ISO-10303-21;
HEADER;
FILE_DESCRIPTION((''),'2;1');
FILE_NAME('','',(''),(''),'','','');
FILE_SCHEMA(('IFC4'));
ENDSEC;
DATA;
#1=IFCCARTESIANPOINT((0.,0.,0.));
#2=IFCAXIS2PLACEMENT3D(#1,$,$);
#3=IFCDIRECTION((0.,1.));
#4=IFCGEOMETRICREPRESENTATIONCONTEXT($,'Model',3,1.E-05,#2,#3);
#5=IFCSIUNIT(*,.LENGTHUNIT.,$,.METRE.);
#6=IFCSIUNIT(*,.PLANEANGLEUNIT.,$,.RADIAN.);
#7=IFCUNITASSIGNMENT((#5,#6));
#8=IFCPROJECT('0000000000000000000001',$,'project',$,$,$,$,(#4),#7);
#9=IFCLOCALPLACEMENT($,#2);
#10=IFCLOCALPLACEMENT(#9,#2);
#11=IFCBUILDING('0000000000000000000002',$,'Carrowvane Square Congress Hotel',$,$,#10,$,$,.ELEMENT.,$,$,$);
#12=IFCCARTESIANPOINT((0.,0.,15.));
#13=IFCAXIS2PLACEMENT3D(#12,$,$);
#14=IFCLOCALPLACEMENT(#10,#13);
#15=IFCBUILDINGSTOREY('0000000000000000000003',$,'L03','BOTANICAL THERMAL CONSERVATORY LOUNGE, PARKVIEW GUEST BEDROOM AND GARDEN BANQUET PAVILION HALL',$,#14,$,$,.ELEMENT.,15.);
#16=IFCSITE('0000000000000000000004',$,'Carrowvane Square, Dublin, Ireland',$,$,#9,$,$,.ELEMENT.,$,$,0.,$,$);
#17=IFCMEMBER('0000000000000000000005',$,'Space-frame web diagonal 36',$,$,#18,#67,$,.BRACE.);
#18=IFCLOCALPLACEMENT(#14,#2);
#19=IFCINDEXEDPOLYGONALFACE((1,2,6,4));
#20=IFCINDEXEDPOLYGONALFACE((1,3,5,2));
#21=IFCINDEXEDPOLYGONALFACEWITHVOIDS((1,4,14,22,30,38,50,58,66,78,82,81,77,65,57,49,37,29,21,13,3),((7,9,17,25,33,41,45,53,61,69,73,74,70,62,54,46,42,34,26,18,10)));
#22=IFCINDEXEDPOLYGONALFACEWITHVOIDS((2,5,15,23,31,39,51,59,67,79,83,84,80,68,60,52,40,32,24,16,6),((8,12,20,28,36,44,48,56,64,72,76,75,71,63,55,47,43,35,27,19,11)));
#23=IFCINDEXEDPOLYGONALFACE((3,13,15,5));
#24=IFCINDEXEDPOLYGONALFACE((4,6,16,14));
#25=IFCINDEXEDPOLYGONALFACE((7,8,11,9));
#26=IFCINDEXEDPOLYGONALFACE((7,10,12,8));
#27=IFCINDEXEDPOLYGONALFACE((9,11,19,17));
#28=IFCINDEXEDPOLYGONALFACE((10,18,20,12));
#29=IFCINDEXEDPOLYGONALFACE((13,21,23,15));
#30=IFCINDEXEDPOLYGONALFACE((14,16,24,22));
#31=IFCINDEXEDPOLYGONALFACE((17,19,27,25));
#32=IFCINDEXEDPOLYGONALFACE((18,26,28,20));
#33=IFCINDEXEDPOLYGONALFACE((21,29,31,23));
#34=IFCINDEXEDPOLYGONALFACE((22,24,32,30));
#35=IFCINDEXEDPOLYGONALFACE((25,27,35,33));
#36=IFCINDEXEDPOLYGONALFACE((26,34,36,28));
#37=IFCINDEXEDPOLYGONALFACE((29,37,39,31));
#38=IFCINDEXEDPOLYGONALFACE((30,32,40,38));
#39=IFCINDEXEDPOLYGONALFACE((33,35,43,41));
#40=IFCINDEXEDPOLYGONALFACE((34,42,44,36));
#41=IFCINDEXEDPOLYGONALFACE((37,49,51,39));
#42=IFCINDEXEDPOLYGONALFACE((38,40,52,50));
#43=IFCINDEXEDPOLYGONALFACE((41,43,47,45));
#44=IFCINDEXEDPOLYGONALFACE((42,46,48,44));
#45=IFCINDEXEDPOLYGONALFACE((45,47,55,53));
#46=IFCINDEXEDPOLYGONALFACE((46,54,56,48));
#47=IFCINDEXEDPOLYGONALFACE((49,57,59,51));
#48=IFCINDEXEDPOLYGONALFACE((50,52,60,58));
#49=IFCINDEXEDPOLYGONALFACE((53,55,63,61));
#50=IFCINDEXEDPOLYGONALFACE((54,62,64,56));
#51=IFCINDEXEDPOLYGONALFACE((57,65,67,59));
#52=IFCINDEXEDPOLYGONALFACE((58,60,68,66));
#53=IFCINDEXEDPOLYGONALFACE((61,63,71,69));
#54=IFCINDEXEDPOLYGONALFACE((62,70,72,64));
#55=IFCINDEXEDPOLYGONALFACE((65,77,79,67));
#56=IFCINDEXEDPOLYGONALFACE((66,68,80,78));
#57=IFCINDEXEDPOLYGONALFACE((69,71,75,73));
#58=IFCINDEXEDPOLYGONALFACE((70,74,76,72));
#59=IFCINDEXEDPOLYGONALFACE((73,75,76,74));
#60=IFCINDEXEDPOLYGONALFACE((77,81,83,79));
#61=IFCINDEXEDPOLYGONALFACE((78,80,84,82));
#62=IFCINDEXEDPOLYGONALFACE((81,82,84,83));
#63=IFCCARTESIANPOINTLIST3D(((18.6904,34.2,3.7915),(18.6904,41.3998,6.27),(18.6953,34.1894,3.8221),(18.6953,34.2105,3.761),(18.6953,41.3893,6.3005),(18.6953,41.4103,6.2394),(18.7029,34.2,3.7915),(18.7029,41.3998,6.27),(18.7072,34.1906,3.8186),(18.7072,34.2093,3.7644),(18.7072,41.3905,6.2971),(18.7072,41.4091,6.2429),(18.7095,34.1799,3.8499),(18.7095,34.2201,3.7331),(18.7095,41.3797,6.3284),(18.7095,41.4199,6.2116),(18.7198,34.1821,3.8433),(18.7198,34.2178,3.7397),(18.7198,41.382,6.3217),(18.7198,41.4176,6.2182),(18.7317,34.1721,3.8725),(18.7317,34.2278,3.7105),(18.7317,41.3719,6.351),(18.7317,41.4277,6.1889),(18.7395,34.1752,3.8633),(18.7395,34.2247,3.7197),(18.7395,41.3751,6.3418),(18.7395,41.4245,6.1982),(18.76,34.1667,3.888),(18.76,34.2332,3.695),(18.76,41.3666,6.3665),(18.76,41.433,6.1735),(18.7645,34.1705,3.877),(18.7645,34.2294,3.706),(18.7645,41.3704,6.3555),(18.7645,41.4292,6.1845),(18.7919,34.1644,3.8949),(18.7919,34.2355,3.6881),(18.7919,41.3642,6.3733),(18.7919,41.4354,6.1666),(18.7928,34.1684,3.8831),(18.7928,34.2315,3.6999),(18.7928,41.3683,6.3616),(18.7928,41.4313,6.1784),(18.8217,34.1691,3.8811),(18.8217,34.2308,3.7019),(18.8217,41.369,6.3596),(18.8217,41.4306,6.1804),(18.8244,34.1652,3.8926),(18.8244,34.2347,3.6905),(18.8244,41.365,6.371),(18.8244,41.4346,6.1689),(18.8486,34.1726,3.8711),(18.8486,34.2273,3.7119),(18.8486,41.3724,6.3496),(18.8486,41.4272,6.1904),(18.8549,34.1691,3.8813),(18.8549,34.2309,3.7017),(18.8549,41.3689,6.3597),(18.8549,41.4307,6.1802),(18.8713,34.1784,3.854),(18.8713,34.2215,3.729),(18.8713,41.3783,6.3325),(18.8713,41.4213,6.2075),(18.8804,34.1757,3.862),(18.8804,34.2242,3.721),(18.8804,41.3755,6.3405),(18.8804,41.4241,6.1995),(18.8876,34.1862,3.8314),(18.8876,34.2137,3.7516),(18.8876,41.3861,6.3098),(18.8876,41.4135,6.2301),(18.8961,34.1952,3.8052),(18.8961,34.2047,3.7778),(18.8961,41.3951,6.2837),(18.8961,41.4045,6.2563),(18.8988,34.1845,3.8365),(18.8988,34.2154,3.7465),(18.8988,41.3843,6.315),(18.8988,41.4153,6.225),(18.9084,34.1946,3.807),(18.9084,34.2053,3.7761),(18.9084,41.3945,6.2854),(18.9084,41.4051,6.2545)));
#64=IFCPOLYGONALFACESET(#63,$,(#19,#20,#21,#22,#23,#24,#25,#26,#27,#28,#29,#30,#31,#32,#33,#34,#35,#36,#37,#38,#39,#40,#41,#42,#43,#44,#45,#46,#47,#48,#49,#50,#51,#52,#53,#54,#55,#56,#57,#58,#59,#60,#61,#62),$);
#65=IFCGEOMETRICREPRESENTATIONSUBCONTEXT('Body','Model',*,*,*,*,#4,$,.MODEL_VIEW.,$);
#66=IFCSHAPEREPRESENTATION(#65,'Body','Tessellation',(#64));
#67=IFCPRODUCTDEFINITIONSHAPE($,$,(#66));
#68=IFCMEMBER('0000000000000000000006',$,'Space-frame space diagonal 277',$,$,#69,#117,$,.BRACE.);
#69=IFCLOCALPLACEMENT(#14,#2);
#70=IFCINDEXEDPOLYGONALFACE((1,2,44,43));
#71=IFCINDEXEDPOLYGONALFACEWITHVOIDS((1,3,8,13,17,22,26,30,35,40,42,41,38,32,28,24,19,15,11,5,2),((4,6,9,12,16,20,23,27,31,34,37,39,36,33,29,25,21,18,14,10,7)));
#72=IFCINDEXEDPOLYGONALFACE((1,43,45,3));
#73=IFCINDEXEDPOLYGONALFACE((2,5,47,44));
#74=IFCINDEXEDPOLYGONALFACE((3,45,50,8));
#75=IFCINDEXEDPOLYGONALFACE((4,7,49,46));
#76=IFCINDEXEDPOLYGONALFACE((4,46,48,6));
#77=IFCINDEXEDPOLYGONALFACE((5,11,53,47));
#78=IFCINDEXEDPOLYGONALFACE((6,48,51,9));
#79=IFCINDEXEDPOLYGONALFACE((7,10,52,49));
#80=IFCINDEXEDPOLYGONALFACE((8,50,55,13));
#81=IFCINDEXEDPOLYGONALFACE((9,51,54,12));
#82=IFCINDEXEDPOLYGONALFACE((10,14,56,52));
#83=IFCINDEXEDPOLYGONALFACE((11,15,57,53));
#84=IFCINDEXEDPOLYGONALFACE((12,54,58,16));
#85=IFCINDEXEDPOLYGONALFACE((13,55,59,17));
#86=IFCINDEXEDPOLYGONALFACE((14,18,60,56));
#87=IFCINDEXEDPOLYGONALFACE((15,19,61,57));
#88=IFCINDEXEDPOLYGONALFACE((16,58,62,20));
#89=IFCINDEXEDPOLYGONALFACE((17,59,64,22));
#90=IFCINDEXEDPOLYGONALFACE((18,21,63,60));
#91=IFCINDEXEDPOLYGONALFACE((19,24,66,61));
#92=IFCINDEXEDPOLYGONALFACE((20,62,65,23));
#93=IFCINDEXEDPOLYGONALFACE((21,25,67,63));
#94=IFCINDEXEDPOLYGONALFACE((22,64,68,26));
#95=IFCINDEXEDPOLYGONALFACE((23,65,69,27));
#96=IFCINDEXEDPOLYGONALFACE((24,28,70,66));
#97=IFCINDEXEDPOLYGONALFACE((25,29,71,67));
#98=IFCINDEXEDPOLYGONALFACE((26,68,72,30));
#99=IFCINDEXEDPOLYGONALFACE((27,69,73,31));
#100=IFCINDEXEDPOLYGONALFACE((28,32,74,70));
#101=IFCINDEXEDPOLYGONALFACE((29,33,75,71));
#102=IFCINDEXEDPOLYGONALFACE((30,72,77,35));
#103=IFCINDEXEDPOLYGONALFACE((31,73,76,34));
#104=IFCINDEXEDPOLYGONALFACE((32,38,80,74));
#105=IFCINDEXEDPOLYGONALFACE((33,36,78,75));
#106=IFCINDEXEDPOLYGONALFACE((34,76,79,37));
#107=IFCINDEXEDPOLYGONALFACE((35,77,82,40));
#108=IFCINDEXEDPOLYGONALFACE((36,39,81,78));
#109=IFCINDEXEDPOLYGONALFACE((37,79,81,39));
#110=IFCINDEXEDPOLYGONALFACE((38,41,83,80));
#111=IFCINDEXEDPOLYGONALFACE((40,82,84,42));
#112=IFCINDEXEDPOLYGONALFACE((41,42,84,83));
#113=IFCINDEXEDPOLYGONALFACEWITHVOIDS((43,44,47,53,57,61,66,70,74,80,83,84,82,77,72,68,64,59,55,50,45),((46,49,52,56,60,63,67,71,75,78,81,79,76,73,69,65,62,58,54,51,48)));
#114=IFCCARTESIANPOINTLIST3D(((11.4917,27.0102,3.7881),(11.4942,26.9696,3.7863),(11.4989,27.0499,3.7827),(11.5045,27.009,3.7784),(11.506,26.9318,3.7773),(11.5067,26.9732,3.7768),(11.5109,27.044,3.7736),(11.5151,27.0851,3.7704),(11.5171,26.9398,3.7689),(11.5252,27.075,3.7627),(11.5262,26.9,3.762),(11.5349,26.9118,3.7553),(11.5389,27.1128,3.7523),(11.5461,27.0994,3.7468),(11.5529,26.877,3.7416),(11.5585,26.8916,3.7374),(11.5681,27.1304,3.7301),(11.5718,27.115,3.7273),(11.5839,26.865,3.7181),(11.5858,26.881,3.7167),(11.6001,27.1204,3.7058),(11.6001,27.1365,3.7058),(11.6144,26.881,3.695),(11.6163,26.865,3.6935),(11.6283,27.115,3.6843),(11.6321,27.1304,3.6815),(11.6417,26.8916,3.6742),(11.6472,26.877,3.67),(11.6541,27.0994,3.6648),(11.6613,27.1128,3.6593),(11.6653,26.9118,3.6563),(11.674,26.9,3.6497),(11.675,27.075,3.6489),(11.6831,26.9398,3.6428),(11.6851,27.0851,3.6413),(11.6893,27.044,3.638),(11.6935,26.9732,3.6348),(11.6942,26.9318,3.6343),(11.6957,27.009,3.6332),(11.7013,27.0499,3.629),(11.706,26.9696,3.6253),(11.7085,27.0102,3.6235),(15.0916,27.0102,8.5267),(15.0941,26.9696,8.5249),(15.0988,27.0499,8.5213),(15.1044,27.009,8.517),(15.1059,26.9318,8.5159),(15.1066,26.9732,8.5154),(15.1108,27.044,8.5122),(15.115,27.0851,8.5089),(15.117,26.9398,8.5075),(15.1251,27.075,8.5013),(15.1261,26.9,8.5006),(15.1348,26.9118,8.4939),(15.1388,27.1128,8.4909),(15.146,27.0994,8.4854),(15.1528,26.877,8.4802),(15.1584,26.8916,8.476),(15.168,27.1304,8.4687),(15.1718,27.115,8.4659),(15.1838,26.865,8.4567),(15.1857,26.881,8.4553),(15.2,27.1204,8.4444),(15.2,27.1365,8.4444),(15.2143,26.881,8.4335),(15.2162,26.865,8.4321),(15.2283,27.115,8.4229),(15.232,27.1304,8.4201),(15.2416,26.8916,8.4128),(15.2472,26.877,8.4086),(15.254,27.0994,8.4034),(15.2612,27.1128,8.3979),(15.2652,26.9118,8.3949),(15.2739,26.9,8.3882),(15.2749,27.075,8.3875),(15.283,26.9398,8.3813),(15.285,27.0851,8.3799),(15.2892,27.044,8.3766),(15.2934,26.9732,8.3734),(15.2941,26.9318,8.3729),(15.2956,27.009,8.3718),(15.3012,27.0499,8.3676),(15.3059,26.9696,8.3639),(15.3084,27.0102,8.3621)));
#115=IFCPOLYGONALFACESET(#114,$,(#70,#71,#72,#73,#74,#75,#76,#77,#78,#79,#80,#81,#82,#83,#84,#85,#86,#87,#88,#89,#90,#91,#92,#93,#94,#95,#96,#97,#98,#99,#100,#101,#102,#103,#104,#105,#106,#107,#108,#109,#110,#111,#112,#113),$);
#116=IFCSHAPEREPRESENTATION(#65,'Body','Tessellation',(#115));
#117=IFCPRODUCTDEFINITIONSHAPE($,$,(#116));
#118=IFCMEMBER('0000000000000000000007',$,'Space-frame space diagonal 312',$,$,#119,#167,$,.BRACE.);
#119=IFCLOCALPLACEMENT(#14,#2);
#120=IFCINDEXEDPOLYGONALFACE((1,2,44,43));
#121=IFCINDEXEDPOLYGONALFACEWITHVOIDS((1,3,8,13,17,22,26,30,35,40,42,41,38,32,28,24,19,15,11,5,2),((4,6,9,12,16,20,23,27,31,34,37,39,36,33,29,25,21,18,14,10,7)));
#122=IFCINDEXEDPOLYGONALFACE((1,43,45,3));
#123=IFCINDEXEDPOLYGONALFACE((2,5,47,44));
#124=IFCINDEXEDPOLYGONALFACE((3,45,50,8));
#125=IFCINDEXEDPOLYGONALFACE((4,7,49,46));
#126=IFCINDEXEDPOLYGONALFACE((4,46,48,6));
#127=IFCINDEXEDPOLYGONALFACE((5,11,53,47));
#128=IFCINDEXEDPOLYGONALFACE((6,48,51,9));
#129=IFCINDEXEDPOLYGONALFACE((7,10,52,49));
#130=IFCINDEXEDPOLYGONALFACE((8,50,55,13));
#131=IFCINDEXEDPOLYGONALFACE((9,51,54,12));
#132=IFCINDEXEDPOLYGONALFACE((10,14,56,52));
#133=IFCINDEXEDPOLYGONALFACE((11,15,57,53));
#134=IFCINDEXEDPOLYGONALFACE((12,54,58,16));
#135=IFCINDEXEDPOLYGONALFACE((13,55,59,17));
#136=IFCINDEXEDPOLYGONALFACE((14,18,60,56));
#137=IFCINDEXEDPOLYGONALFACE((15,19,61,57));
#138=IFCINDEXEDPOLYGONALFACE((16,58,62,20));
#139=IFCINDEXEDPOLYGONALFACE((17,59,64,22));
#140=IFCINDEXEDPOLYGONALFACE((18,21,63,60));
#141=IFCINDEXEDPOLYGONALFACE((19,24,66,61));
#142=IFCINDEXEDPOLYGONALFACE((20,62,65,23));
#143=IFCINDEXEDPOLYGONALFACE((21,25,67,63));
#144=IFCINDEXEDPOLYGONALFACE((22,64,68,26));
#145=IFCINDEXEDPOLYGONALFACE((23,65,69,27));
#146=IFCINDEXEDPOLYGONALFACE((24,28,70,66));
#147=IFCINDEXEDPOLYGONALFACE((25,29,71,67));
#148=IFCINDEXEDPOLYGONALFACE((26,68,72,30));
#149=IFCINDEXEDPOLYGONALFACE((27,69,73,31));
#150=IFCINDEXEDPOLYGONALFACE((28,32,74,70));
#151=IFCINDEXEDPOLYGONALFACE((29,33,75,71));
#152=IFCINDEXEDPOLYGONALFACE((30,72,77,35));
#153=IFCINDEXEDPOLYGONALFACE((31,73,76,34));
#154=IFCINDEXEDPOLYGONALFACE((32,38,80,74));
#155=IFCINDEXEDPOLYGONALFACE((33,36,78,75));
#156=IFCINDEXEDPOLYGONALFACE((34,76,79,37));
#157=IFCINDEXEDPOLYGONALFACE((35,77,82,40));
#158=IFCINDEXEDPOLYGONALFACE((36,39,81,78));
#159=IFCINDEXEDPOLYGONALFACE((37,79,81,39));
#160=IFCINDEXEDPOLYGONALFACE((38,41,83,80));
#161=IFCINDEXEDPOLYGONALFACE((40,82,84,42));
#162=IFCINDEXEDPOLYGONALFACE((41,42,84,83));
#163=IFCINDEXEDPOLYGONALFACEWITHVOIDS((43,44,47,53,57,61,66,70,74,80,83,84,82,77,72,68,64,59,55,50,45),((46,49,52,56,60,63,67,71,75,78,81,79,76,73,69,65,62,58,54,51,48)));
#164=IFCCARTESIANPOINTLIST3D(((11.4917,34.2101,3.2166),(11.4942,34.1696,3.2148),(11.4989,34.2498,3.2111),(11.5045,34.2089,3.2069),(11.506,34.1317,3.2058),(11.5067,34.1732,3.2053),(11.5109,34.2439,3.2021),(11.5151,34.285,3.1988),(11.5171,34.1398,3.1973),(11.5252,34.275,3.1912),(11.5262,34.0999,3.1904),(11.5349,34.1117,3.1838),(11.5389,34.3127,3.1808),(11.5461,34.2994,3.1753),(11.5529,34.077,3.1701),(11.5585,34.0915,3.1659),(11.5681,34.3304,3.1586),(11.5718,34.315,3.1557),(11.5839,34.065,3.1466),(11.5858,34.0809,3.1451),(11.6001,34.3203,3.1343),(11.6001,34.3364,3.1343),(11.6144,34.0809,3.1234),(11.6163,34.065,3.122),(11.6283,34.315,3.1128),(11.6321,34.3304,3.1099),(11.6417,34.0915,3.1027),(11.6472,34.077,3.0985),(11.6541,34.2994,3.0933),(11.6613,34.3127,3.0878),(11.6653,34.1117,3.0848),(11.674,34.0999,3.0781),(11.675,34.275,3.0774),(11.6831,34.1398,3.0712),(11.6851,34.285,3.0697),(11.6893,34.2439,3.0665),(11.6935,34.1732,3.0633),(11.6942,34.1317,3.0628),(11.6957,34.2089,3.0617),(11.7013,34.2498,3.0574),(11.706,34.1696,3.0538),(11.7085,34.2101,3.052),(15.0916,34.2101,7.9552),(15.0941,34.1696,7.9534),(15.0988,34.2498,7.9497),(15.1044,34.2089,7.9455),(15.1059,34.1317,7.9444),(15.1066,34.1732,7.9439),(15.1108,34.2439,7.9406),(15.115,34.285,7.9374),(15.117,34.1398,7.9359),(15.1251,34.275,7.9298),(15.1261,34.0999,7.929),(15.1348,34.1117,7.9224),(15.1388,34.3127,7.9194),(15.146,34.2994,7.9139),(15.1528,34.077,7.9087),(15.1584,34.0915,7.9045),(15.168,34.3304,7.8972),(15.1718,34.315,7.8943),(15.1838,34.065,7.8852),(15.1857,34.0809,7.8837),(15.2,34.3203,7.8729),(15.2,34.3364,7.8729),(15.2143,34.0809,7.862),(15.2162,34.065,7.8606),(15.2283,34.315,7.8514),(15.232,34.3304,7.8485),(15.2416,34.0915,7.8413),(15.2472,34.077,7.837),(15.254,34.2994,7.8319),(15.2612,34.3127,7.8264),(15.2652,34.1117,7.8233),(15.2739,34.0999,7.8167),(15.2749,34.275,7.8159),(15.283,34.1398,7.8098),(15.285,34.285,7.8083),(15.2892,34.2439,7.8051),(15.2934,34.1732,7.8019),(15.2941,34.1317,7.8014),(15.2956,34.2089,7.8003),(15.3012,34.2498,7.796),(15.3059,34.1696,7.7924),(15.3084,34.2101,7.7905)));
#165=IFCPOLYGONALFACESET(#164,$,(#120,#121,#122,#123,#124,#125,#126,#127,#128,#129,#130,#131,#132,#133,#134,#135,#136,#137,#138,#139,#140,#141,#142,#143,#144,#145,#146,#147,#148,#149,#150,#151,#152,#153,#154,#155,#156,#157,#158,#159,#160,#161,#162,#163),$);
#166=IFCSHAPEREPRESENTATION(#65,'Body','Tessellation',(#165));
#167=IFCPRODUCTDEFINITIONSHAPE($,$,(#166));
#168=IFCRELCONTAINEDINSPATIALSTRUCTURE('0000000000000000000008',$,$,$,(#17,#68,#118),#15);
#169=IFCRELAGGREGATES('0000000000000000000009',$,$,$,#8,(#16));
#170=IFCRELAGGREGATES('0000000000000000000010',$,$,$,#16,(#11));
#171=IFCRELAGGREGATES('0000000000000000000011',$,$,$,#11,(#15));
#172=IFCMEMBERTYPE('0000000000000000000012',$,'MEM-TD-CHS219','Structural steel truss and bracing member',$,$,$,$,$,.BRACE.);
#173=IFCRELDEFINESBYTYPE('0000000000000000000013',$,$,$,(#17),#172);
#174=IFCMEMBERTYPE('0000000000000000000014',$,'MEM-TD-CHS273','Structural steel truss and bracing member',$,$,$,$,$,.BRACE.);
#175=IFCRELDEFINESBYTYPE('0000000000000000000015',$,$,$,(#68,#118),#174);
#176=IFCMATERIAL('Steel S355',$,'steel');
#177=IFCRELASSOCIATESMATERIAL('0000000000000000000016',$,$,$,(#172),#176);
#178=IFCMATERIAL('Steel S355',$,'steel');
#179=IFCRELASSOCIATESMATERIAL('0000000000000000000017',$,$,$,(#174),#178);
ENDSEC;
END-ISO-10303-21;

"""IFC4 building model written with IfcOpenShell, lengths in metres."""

from ifc_helpers import new_model, si_unit, direction, frame, origin, origin_2d, place, context, subcontext, project, spatial, hollow_circle, extrude, material, material_profile, profile_set, type_object, element, save


model = new_model("IFC4")

# Units and contexts
model_context = context("Model", 3, precision=1e-05, world=origin(), true_north=direction((0.0, 1.0)))
body_context = subcontext(model_context, "Body", "Model", "MODEL_VIEW")
ifc_project = project(units=[si_unit("LENGTHUNIT", "METRE"), si_unit("PLANEANGLEUNIT", "RADIAN")], contexts=[model_context])

# Site, building, storey
site_placement = place(None, origin())
site = spatial("IfcSite", under=ifc_project, at=site_placement, Name="Carrowvane Square, Dublin, Ireland", CompositionType="ELEMENT", RefElevation=0.0)
building_placement = place(site_placement, origin())
building = spatial("IfcBuilding", under=site, at=building_placement, Name="Carrowvane Square Congress Hotel", CompositionType="ELEMENT")
storey_placement = place(building_placement, frame((0.0, 0.0, 15.0)))
storey = spatial("IfcBuildingStorey", under=building, at=storey_placement, Name="L03", Description="BOTANICAL THERMAL CONSERVATORY LOUNGE, PARKVIEW GUEST BEDROOM AND GARDEN BANQUET PAVILION HALL", CompositionType="ELEMENT", Elevation=15.0)

# Members
ifc_material_1 = material(Name="Steel S355", Category="steel")
ifc_material_profile_1 = material_profile(ifc_material_1, hollow_circle(Radius=0.1096, WallThickness=0.0125, at=origin_2d()), Name="CHS 219.1x12.5")
ifc_profile_set_1 = profile_set([ifc_material_profile_1], Name="Steel S355")
member_type_1 = type_object("IfcMemberType", Name="MEM-TD-CHS219", Description="Structural steel truss and bracing member", PredefinedType="BRACE", material=ifc_profile_set_1)
for number, where, z_axis, x_axis, name in (
    (1, (18.8, 34.2, 3.7915), (0.0, 0.945544, 0.325495), (-1.0, 0.0, 0.0), "Space-frame web diagonal 36"),
):
    element("IfcMember", number, at=place(storey_placement, frame(where, z_axis=z_axis, x_axis=x_axis)), inside=storey, type_object=member_type_1, Name=name, PredefinedType="BRACE", context=body_context, shape_type="SweptSolid", body=[
        extrude(hollow_circle(Radius=0.1096, WallThickness=0.0125, at=origin_2d()), origin(), (0.0, 0.0, 1.0), 7.6145),
    ])
ifc_material_2 = material(Name="Steel S355", Category="steel")
ifc_material_profile_2 = material_profile(ifc_material_2, hollow_circle(Radius=0.1365, WallThickness=0.0161, at=origin_2d()), Name="CHS 273.0x16")
ifc_profile_set_2 = profile_set([ifc_material_profile_2], Name="Steel S355")
member_type_2 = type_object("IfcMemberType", Name="MEM-TD-CHS273", Description="Structural steel truss and bracing member", PredefinedType="BRACE", material=ifc_profile_set_2)
for number, where, z_axis, x_axis, name in (
    (2, (11.6001, 27.0, 3.7058), (0.604931, 0.0, 0.796278), (0.0, 1.0, 0.0), "Space-frame space diagonal 277"),
    (3, (11.6001, 34.2, 3.1343), (0.604931, 0.0, 0.796278), (0.0, 1.0, 0.0), "Space-frame space diagonal 312"),
):
    element("IfcMember", number, at=place(storey_placement, frame(where, z_axis=z_axis, x_axis=x_axis)), inside=storey, type_object=member_type_2, Name=name, PredefinedType="BRACE", context=body_context, shape_type="SweptSolid", body=[
        extrude(hollow_circle(Radius=0.1365, WallThickness=0.0161, at=origin_2d()), origin(), (0.0, 0.0, 1.0), 5.9509),
    ])

save(model, "model.ifc")
